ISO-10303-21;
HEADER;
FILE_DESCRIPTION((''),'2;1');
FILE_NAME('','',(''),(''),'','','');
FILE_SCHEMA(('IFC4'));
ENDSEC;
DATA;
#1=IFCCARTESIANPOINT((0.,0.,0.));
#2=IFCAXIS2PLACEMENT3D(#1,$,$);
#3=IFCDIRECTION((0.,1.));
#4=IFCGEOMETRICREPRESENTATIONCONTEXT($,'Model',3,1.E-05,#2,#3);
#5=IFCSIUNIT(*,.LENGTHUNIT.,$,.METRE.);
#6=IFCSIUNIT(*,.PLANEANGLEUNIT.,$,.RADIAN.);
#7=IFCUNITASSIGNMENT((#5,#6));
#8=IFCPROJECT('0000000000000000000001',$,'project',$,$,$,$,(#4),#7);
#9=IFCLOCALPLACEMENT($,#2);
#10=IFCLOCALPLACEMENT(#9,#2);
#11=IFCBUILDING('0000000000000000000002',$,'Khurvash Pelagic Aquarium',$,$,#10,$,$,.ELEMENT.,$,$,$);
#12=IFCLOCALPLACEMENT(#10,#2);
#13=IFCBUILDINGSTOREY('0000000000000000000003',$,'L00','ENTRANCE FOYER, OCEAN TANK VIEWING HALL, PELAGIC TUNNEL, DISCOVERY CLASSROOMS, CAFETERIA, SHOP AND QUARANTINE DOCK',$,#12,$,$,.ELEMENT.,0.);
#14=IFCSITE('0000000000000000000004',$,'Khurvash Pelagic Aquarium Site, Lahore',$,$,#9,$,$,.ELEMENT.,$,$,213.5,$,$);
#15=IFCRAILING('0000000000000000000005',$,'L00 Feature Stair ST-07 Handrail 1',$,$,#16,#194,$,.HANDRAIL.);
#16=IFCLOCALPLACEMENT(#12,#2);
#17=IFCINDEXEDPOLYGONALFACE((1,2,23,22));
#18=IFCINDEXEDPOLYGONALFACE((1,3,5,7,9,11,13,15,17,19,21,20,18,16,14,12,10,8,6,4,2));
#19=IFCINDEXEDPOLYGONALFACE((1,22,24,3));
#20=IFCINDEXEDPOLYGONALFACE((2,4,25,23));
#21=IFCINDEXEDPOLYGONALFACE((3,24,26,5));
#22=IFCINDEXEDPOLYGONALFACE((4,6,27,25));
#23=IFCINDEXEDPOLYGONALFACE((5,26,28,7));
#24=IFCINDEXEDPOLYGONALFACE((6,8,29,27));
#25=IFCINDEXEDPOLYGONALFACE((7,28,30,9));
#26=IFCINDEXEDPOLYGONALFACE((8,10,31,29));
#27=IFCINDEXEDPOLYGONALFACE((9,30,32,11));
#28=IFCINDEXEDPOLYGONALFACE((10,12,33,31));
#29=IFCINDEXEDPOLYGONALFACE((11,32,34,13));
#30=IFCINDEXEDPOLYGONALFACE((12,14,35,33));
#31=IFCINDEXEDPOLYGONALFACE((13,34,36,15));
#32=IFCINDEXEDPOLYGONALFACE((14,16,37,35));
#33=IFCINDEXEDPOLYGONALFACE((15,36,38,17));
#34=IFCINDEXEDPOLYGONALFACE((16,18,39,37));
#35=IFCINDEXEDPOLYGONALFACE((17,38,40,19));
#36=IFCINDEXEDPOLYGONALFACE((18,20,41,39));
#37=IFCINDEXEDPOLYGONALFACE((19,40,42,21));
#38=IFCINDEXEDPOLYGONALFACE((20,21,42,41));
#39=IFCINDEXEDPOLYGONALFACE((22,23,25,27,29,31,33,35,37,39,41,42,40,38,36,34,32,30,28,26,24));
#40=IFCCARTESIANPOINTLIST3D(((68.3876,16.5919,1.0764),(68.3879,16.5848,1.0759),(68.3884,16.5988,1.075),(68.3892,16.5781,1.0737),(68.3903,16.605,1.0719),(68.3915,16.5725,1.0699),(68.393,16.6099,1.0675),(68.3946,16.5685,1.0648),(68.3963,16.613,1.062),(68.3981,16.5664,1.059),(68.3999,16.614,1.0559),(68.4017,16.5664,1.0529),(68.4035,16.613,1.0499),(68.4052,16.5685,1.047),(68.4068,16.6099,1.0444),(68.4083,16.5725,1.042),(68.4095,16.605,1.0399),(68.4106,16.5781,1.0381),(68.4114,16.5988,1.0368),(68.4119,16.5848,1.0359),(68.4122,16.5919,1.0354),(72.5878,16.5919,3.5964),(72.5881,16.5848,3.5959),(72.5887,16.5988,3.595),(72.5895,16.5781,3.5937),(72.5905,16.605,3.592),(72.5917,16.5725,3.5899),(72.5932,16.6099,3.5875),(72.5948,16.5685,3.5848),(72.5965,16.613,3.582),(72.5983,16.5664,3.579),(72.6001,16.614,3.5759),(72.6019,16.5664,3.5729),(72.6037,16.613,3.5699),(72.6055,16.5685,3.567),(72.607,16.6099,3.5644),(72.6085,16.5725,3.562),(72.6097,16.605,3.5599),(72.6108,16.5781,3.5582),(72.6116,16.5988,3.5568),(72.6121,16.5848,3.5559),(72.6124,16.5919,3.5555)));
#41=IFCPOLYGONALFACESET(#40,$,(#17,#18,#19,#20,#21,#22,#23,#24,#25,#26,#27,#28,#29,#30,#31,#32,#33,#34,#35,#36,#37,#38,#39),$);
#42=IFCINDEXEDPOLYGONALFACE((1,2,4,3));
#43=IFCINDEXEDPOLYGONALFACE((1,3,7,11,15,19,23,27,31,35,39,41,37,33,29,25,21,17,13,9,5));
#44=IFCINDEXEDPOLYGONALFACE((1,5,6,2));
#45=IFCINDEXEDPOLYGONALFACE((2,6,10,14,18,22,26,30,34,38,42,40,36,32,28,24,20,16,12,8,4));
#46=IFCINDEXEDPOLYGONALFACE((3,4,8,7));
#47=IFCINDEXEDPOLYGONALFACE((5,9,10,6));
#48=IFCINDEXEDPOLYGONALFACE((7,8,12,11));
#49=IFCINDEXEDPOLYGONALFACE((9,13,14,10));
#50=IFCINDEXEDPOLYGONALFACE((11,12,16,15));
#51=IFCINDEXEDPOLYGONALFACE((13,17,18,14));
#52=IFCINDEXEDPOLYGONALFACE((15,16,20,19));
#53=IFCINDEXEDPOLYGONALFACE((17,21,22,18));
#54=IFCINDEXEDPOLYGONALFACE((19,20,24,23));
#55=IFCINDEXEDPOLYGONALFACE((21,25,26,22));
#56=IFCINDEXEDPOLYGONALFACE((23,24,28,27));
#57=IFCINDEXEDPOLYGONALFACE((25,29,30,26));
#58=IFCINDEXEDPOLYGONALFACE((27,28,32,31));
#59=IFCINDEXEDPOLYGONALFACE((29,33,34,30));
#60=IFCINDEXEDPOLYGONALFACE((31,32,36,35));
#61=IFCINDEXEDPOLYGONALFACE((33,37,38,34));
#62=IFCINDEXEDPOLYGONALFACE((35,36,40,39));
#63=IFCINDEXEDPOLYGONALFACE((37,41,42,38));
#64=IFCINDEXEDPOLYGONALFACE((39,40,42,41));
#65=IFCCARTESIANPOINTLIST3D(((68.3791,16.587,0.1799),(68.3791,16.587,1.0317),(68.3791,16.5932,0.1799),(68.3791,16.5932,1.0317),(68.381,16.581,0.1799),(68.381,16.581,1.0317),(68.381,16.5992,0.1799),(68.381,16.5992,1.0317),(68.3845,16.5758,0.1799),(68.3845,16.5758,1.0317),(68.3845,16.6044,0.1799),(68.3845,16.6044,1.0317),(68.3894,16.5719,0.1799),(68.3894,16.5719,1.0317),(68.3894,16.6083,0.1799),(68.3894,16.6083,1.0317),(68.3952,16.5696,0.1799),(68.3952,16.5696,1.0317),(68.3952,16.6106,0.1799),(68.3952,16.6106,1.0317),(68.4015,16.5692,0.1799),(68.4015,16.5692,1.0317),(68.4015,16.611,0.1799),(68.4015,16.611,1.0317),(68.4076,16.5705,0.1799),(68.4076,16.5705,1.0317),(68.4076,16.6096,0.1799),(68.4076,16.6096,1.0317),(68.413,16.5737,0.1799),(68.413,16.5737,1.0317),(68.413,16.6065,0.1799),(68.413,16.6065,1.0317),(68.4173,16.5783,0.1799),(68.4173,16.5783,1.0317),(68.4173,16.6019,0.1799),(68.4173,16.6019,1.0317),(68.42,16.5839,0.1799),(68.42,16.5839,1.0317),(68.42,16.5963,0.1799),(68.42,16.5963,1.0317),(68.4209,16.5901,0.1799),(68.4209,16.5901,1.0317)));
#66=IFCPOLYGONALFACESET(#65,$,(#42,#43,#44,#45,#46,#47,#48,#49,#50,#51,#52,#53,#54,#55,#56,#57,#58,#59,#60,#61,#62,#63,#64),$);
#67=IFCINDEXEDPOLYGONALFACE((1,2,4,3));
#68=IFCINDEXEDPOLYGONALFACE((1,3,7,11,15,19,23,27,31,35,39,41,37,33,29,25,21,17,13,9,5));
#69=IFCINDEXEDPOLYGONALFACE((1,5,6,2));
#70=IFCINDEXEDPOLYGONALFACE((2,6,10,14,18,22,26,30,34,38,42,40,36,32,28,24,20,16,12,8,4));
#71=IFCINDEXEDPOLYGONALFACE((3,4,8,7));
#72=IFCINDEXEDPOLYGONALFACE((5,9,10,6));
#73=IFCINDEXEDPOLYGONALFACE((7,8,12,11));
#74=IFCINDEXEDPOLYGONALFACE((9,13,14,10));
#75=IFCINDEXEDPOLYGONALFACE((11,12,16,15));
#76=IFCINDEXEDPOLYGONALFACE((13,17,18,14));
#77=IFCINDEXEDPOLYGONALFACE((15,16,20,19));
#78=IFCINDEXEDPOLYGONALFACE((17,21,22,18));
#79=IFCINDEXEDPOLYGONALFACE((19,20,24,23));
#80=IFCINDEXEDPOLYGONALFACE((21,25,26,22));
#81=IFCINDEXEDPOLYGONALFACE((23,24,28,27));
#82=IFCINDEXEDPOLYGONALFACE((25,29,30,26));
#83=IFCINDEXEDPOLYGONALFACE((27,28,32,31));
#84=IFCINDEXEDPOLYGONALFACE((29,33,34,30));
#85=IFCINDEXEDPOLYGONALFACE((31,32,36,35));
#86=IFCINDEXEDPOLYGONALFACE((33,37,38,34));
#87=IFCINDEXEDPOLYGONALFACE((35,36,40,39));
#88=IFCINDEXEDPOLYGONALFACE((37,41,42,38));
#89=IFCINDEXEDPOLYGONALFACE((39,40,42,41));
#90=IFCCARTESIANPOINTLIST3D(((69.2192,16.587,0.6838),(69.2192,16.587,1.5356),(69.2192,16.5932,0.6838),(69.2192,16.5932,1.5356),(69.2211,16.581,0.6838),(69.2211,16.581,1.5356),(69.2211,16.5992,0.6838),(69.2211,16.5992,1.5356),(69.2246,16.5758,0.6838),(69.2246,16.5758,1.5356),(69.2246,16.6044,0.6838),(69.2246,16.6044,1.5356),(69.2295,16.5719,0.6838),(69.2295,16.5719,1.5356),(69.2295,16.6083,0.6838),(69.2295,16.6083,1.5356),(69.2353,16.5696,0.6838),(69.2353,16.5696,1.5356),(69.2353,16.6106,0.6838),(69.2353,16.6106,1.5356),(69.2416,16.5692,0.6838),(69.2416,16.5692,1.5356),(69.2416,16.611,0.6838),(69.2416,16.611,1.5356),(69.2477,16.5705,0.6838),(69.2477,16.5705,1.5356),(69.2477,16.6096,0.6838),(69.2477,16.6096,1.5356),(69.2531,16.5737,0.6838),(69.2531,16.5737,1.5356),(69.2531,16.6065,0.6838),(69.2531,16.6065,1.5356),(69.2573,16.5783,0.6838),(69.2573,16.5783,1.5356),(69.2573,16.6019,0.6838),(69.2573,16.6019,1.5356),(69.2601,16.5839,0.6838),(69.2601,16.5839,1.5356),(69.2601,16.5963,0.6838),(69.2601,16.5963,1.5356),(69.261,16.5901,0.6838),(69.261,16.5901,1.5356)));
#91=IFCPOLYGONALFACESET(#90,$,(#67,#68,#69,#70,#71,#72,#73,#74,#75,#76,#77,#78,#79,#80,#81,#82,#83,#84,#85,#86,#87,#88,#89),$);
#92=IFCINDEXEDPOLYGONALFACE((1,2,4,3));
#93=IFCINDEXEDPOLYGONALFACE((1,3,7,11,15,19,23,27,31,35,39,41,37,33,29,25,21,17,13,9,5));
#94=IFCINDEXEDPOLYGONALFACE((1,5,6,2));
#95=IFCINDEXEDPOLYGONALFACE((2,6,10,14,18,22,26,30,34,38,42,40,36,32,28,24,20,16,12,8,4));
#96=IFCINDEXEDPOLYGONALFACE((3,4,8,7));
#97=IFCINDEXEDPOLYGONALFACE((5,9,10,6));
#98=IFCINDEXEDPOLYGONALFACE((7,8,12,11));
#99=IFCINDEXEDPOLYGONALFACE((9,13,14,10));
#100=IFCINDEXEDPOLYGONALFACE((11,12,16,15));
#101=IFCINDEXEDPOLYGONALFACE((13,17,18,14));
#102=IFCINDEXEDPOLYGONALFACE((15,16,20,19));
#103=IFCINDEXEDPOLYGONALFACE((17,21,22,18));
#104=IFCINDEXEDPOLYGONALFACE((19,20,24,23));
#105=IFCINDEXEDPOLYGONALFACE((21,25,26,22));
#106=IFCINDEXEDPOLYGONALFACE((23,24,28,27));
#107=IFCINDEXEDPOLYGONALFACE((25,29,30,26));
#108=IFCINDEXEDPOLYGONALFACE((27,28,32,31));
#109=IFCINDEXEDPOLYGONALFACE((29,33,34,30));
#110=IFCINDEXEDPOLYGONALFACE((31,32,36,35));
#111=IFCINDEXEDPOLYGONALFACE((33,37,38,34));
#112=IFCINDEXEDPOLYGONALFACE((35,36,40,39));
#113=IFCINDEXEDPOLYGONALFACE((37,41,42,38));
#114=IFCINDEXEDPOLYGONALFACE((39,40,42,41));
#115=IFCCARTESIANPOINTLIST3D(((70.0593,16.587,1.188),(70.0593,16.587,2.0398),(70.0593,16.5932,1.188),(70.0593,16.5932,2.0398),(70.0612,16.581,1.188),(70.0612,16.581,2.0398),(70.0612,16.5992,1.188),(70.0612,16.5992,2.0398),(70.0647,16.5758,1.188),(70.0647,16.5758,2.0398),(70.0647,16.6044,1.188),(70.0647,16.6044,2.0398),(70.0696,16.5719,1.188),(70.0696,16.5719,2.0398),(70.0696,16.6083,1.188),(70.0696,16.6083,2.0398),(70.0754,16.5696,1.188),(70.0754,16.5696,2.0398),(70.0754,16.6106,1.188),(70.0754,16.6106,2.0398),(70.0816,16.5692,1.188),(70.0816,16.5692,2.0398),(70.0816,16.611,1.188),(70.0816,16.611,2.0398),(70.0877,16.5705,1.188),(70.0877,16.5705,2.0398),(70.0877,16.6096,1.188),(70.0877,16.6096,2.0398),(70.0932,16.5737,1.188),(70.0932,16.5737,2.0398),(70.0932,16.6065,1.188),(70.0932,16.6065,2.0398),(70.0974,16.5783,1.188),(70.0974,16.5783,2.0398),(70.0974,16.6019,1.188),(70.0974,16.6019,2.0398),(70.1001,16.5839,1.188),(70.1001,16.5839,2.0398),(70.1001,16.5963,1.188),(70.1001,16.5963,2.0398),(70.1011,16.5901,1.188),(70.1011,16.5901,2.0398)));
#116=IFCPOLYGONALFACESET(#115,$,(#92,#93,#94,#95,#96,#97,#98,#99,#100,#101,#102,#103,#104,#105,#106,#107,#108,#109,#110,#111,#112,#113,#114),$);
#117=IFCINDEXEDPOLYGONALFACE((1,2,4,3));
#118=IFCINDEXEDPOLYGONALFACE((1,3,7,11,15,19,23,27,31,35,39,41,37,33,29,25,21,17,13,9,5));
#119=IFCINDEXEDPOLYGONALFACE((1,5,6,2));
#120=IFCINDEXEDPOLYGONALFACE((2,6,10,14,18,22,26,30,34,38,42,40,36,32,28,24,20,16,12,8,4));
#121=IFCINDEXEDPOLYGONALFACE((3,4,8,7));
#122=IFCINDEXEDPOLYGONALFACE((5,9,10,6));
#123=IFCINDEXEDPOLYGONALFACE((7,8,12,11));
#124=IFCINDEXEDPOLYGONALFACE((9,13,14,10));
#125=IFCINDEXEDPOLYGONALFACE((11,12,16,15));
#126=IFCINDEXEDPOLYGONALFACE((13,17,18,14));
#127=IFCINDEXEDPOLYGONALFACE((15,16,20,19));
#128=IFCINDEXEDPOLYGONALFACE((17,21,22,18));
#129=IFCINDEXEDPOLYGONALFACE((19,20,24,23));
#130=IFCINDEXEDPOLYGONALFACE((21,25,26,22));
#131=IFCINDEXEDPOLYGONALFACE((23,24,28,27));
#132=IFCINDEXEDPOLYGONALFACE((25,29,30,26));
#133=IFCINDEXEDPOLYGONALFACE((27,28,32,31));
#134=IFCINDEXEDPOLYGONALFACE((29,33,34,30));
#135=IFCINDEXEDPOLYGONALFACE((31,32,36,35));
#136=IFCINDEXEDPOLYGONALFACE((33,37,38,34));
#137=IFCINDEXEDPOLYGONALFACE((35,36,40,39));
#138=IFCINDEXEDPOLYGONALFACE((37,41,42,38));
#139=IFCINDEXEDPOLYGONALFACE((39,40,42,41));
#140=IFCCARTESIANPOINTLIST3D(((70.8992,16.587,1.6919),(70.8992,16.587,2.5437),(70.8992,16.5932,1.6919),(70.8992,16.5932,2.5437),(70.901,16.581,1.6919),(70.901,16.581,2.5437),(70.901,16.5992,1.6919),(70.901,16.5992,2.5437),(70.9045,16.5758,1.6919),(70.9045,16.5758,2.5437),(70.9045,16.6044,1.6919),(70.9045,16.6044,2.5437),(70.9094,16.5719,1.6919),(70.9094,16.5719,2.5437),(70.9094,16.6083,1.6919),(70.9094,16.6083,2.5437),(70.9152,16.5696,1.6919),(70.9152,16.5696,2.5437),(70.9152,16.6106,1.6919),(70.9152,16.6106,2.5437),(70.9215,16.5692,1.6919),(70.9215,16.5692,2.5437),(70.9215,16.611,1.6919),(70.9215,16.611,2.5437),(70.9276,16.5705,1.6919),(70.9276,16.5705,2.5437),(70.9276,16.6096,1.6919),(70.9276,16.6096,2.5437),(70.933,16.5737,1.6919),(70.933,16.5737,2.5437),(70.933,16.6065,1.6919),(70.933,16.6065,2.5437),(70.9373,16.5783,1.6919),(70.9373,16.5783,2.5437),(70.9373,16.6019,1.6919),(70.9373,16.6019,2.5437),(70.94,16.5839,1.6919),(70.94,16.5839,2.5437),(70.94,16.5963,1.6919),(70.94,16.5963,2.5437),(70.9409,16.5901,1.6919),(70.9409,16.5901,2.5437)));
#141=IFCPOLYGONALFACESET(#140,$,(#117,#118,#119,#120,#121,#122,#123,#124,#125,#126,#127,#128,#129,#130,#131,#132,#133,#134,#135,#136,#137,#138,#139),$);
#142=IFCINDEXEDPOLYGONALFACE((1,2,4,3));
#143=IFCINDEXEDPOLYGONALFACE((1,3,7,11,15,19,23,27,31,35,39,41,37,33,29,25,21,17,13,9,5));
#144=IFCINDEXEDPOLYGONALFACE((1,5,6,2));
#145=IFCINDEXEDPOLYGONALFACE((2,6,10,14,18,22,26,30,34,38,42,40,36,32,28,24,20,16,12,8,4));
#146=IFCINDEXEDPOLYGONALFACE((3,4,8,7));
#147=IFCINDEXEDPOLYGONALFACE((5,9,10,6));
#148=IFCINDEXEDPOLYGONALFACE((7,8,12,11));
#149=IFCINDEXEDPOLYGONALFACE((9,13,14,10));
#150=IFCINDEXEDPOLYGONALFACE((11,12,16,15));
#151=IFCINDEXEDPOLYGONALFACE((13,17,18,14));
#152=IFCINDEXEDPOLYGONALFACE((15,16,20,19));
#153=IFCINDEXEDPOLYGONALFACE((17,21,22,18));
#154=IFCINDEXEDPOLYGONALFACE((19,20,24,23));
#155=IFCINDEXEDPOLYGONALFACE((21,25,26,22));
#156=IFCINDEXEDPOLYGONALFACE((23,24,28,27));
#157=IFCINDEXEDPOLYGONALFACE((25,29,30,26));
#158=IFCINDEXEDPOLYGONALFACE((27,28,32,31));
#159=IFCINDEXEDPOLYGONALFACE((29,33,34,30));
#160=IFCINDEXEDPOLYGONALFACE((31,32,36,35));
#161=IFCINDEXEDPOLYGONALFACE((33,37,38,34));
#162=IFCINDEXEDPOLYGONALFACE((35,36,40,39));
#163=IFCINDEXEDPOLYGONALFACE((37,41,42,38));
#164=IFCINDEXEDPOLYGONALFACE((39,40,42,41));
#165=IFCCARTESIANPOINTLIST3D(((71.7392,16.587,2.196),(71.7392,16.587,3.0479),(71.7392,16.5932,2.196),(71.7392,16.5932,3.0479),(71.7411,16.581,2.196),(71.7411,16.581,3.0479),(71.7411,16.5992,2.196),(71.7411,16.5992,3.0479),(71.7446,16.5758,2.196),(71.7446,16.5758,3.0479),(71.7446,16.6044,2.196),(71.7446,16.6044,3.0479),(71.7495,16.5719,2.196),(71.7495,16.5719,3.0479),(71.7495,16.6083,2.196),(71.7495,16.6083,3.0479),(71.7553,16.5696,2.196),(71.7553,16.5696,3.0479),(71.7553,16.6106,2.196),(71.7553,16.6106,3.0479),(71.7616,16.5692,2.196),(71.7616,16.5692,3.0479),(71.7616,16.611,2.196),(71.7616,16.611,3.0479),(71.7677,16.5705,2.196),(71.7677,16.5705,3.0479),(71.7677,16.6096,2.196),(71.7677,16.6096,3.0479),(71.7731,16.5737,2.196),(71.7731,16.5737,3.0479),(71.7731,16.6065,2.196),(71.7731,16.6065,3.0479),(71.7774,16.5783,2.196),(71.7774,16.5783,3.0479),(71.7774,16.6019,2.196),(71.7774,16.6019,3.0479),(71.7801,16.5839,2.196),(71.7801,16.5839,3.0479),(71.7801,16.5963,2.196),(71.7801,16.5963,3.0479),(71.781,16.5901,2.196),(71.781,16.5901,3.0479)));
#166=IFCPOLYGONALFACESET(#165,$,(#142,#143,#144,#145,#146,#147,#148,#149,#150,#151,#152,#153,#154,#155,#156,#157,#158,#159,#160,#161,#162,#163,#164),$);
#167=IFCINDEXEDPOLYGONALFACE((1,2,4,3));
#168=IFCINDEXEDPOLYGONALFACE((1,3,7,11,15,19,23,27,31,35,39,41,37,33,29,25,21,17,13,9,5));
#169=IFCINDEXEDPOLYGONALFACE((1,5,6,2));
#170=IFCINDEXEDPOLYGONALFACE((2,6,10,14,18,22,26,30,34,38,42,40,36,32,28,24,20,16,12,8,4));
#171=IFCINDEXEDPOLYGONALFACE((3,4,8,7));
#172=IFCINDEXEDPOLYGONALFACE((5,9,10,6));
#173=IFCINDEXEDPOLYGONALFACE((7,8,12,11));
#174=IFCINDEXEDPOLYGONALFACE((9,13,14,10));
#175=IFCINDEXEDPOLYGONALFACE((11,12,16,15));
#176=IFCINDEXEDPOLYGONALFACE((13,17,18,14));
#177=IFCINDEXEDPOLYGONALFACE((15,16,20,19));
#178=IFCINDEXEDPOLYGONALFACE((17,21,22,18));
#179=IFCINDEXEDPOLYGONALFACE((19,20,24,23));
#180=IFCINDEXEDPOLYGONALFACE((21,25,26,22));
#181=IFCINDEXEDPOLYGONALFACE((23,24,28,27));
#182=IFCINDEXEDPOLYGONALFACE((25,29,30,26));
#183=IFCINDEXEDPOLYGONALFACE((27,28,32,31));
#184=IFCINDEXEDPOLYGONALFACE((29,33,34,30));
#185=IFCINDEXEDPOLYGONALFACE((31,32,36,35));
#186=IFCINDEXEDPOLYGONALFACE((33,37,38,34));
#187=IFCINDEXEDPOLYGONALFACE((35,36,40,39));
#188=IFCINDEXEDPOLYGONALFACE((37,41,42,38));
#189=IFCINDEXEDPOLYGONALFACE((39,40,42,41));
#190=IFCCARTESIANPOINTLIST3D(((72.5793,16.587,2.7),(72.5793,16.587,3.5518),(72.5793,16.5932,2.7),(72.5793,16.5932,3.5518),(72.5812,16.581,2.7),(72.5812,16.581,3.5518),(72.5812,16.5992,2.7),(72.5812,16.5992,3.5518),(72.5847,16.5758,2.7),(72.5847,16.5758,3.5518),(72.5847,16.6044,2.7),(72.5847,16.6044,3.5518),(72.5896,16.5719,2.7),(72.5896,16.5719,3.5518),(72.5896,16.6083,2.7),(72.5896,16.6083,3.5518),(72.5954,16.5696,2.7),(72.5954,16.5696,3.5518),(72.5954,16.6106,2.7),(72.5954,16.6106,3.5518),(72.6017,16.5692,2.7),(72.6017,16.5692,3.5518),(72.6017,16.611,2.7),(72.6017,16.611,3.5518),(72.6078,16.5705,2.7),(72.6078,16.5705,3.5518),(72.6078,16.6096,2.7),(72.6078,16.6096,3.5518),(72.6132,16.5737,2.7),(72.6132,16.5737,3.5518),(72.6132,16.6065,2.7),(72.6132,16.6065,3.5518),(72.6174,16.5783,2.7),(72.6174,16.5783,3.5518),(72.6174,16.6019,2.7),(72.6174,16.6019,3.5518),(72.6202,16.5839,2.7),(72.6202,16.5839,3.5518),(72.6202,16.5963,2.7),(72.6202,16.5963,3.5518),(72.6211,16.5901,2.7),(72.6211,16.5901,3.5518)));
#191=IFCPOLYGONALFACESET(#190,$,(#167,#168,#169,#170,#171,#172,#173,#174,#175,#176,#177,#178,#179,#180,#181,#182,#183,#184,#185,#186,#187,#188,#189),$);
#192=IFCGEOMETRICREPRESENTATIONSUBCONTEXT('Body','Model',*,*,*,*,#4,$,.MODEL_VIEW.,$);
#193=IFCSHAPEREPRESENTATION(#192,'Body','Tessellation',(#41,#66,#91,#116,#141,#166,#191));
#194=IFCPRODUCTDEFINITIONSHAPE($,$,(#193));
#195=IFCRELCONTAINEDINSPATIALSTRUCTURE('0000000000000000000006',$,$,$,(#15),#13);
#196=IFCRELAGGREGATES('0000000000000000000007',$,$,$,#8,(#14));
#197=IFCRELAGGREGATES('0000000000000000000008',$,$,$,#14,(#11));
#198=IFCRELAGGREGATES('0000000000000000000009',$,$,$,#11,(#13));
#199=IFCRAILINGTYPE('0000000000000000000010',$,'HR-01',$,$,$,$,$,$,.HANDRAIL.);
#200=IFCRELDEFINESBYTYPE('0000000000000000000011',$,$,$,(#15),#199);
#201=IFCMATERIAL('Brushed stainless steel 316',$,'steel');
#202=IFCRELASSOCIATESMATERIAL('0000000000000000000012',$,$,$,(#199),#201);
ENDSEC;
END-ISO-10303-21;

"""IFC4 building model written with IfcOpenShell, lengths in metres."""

from ifc_helpers import new_model, si_unit, direction, frame, origin, origin_2d, place, context, subcontext, project, spatial, circle, extrude, material, type_object, element, save


model = new_model("IFC4")

# Units and contexts
model_context = context("Model", 3, precision=1e-05, world=origin(), true_north=direction((0.0, 1.0)))
body_context = subcontext(model_context, "Body", "Model", "MODEL_VIEW")
ifc_project = project(units=[si_unit("LENGTHUNIT", "METRE"), si_unit("PLANEANGLEUNIT", "RADIAN")], contexts=[model_context])

# Site, building, storey
site_placement = place(None, origin())
site = spatial("IfcSite", under=ifc_project, at=site_placement, Name="Khurvash Pelagic Aquarium Site, Lahore", CompositionType="ELEMENT", RefElevation=213.5)
building_placement = place(site_placement, origin())
building = spatial("IfcBuilding", under=site, at=building_placement, Name="Khurvash Pelagic Aquarium", CompositionType="ELEMENT")
storey_placement = place(building_placement, origin())
storey = spatial("IfcBuildingStorey", under=building, at=storey_placement, Name="L00", Description="ENTRANCE FOYER, OCEAN TANK VIEWING HALL, PELAGIC TUNNEL, DISCOVERY CLASSROOMS, CAFETERIA, SHOP AND QUARANTINE DOCK", CompositionType="ELEMENT", Elevation=0.0)

# Railing
ifc_material_1 = material(Name="Brushed stainless steel 316", Category="steel")
railing_type_1 = type_object("IfcRailingType", Name="HR-01", PredefinedType="HANDRAIL", material=ifc_material_1)
for number, where, name in (
    (1, (68.3999, 16.5901, 0.1799), "L00 Feature Stair ST-07 Handrail 1"),
):
    element("IfcRailing", number, at=place(storey_placement, frame(where)), inside=storey, type_object=railing_type_1, Name=name, PredefinedType="HANDRAIL", context=body_context, shape_type="SweptSolid", body=[
        extrude(circle(Radius=0.0239, at=origin_2d()), frame((0.0, 0.0, 0.876), z_axis=(0.857502, 0.0, 0.514481), x_axis=(0.0, 1.0, 0.0)), (0.0, 0.0, 1.0), 4.8982),
        extrude(circle(Radius=0.021, at=origin_2d()), origin(), (0.0, 0.0, 1.0), 0.8518),
        extrude(circle(Radius=0.021, at=origin_2d()), frame((0.8401, 0.0, 0.5039)), (0.0, 0.0, 1.0), 0.8518),
        extrude(circle(Radius=0.021, at=origin_2d()), frame((1.6802, 0.0, 1.0081)), (0.0, 0.0, 1.0), 0.8518),
        extrude(circle(Radius=0.021, at=origin_2d()), frame((2.52, 0.0, 1.512)), (0.0, 0.0, 1.0), 0.8518),
        extrude(circle(Radius=0.021, at=origin_2d()), frame((3.3601, 0.0, 2.0161)), (0.0, 0.0, 1.0), 0.8518),
        extrude(circle(Radius=0.021, at=origin_2d()), frame((4.2002, 0.0, 2.52)), (0.0, 0.0, 1.0), 0.8518),
    ])

save(model, "model.ifc")
